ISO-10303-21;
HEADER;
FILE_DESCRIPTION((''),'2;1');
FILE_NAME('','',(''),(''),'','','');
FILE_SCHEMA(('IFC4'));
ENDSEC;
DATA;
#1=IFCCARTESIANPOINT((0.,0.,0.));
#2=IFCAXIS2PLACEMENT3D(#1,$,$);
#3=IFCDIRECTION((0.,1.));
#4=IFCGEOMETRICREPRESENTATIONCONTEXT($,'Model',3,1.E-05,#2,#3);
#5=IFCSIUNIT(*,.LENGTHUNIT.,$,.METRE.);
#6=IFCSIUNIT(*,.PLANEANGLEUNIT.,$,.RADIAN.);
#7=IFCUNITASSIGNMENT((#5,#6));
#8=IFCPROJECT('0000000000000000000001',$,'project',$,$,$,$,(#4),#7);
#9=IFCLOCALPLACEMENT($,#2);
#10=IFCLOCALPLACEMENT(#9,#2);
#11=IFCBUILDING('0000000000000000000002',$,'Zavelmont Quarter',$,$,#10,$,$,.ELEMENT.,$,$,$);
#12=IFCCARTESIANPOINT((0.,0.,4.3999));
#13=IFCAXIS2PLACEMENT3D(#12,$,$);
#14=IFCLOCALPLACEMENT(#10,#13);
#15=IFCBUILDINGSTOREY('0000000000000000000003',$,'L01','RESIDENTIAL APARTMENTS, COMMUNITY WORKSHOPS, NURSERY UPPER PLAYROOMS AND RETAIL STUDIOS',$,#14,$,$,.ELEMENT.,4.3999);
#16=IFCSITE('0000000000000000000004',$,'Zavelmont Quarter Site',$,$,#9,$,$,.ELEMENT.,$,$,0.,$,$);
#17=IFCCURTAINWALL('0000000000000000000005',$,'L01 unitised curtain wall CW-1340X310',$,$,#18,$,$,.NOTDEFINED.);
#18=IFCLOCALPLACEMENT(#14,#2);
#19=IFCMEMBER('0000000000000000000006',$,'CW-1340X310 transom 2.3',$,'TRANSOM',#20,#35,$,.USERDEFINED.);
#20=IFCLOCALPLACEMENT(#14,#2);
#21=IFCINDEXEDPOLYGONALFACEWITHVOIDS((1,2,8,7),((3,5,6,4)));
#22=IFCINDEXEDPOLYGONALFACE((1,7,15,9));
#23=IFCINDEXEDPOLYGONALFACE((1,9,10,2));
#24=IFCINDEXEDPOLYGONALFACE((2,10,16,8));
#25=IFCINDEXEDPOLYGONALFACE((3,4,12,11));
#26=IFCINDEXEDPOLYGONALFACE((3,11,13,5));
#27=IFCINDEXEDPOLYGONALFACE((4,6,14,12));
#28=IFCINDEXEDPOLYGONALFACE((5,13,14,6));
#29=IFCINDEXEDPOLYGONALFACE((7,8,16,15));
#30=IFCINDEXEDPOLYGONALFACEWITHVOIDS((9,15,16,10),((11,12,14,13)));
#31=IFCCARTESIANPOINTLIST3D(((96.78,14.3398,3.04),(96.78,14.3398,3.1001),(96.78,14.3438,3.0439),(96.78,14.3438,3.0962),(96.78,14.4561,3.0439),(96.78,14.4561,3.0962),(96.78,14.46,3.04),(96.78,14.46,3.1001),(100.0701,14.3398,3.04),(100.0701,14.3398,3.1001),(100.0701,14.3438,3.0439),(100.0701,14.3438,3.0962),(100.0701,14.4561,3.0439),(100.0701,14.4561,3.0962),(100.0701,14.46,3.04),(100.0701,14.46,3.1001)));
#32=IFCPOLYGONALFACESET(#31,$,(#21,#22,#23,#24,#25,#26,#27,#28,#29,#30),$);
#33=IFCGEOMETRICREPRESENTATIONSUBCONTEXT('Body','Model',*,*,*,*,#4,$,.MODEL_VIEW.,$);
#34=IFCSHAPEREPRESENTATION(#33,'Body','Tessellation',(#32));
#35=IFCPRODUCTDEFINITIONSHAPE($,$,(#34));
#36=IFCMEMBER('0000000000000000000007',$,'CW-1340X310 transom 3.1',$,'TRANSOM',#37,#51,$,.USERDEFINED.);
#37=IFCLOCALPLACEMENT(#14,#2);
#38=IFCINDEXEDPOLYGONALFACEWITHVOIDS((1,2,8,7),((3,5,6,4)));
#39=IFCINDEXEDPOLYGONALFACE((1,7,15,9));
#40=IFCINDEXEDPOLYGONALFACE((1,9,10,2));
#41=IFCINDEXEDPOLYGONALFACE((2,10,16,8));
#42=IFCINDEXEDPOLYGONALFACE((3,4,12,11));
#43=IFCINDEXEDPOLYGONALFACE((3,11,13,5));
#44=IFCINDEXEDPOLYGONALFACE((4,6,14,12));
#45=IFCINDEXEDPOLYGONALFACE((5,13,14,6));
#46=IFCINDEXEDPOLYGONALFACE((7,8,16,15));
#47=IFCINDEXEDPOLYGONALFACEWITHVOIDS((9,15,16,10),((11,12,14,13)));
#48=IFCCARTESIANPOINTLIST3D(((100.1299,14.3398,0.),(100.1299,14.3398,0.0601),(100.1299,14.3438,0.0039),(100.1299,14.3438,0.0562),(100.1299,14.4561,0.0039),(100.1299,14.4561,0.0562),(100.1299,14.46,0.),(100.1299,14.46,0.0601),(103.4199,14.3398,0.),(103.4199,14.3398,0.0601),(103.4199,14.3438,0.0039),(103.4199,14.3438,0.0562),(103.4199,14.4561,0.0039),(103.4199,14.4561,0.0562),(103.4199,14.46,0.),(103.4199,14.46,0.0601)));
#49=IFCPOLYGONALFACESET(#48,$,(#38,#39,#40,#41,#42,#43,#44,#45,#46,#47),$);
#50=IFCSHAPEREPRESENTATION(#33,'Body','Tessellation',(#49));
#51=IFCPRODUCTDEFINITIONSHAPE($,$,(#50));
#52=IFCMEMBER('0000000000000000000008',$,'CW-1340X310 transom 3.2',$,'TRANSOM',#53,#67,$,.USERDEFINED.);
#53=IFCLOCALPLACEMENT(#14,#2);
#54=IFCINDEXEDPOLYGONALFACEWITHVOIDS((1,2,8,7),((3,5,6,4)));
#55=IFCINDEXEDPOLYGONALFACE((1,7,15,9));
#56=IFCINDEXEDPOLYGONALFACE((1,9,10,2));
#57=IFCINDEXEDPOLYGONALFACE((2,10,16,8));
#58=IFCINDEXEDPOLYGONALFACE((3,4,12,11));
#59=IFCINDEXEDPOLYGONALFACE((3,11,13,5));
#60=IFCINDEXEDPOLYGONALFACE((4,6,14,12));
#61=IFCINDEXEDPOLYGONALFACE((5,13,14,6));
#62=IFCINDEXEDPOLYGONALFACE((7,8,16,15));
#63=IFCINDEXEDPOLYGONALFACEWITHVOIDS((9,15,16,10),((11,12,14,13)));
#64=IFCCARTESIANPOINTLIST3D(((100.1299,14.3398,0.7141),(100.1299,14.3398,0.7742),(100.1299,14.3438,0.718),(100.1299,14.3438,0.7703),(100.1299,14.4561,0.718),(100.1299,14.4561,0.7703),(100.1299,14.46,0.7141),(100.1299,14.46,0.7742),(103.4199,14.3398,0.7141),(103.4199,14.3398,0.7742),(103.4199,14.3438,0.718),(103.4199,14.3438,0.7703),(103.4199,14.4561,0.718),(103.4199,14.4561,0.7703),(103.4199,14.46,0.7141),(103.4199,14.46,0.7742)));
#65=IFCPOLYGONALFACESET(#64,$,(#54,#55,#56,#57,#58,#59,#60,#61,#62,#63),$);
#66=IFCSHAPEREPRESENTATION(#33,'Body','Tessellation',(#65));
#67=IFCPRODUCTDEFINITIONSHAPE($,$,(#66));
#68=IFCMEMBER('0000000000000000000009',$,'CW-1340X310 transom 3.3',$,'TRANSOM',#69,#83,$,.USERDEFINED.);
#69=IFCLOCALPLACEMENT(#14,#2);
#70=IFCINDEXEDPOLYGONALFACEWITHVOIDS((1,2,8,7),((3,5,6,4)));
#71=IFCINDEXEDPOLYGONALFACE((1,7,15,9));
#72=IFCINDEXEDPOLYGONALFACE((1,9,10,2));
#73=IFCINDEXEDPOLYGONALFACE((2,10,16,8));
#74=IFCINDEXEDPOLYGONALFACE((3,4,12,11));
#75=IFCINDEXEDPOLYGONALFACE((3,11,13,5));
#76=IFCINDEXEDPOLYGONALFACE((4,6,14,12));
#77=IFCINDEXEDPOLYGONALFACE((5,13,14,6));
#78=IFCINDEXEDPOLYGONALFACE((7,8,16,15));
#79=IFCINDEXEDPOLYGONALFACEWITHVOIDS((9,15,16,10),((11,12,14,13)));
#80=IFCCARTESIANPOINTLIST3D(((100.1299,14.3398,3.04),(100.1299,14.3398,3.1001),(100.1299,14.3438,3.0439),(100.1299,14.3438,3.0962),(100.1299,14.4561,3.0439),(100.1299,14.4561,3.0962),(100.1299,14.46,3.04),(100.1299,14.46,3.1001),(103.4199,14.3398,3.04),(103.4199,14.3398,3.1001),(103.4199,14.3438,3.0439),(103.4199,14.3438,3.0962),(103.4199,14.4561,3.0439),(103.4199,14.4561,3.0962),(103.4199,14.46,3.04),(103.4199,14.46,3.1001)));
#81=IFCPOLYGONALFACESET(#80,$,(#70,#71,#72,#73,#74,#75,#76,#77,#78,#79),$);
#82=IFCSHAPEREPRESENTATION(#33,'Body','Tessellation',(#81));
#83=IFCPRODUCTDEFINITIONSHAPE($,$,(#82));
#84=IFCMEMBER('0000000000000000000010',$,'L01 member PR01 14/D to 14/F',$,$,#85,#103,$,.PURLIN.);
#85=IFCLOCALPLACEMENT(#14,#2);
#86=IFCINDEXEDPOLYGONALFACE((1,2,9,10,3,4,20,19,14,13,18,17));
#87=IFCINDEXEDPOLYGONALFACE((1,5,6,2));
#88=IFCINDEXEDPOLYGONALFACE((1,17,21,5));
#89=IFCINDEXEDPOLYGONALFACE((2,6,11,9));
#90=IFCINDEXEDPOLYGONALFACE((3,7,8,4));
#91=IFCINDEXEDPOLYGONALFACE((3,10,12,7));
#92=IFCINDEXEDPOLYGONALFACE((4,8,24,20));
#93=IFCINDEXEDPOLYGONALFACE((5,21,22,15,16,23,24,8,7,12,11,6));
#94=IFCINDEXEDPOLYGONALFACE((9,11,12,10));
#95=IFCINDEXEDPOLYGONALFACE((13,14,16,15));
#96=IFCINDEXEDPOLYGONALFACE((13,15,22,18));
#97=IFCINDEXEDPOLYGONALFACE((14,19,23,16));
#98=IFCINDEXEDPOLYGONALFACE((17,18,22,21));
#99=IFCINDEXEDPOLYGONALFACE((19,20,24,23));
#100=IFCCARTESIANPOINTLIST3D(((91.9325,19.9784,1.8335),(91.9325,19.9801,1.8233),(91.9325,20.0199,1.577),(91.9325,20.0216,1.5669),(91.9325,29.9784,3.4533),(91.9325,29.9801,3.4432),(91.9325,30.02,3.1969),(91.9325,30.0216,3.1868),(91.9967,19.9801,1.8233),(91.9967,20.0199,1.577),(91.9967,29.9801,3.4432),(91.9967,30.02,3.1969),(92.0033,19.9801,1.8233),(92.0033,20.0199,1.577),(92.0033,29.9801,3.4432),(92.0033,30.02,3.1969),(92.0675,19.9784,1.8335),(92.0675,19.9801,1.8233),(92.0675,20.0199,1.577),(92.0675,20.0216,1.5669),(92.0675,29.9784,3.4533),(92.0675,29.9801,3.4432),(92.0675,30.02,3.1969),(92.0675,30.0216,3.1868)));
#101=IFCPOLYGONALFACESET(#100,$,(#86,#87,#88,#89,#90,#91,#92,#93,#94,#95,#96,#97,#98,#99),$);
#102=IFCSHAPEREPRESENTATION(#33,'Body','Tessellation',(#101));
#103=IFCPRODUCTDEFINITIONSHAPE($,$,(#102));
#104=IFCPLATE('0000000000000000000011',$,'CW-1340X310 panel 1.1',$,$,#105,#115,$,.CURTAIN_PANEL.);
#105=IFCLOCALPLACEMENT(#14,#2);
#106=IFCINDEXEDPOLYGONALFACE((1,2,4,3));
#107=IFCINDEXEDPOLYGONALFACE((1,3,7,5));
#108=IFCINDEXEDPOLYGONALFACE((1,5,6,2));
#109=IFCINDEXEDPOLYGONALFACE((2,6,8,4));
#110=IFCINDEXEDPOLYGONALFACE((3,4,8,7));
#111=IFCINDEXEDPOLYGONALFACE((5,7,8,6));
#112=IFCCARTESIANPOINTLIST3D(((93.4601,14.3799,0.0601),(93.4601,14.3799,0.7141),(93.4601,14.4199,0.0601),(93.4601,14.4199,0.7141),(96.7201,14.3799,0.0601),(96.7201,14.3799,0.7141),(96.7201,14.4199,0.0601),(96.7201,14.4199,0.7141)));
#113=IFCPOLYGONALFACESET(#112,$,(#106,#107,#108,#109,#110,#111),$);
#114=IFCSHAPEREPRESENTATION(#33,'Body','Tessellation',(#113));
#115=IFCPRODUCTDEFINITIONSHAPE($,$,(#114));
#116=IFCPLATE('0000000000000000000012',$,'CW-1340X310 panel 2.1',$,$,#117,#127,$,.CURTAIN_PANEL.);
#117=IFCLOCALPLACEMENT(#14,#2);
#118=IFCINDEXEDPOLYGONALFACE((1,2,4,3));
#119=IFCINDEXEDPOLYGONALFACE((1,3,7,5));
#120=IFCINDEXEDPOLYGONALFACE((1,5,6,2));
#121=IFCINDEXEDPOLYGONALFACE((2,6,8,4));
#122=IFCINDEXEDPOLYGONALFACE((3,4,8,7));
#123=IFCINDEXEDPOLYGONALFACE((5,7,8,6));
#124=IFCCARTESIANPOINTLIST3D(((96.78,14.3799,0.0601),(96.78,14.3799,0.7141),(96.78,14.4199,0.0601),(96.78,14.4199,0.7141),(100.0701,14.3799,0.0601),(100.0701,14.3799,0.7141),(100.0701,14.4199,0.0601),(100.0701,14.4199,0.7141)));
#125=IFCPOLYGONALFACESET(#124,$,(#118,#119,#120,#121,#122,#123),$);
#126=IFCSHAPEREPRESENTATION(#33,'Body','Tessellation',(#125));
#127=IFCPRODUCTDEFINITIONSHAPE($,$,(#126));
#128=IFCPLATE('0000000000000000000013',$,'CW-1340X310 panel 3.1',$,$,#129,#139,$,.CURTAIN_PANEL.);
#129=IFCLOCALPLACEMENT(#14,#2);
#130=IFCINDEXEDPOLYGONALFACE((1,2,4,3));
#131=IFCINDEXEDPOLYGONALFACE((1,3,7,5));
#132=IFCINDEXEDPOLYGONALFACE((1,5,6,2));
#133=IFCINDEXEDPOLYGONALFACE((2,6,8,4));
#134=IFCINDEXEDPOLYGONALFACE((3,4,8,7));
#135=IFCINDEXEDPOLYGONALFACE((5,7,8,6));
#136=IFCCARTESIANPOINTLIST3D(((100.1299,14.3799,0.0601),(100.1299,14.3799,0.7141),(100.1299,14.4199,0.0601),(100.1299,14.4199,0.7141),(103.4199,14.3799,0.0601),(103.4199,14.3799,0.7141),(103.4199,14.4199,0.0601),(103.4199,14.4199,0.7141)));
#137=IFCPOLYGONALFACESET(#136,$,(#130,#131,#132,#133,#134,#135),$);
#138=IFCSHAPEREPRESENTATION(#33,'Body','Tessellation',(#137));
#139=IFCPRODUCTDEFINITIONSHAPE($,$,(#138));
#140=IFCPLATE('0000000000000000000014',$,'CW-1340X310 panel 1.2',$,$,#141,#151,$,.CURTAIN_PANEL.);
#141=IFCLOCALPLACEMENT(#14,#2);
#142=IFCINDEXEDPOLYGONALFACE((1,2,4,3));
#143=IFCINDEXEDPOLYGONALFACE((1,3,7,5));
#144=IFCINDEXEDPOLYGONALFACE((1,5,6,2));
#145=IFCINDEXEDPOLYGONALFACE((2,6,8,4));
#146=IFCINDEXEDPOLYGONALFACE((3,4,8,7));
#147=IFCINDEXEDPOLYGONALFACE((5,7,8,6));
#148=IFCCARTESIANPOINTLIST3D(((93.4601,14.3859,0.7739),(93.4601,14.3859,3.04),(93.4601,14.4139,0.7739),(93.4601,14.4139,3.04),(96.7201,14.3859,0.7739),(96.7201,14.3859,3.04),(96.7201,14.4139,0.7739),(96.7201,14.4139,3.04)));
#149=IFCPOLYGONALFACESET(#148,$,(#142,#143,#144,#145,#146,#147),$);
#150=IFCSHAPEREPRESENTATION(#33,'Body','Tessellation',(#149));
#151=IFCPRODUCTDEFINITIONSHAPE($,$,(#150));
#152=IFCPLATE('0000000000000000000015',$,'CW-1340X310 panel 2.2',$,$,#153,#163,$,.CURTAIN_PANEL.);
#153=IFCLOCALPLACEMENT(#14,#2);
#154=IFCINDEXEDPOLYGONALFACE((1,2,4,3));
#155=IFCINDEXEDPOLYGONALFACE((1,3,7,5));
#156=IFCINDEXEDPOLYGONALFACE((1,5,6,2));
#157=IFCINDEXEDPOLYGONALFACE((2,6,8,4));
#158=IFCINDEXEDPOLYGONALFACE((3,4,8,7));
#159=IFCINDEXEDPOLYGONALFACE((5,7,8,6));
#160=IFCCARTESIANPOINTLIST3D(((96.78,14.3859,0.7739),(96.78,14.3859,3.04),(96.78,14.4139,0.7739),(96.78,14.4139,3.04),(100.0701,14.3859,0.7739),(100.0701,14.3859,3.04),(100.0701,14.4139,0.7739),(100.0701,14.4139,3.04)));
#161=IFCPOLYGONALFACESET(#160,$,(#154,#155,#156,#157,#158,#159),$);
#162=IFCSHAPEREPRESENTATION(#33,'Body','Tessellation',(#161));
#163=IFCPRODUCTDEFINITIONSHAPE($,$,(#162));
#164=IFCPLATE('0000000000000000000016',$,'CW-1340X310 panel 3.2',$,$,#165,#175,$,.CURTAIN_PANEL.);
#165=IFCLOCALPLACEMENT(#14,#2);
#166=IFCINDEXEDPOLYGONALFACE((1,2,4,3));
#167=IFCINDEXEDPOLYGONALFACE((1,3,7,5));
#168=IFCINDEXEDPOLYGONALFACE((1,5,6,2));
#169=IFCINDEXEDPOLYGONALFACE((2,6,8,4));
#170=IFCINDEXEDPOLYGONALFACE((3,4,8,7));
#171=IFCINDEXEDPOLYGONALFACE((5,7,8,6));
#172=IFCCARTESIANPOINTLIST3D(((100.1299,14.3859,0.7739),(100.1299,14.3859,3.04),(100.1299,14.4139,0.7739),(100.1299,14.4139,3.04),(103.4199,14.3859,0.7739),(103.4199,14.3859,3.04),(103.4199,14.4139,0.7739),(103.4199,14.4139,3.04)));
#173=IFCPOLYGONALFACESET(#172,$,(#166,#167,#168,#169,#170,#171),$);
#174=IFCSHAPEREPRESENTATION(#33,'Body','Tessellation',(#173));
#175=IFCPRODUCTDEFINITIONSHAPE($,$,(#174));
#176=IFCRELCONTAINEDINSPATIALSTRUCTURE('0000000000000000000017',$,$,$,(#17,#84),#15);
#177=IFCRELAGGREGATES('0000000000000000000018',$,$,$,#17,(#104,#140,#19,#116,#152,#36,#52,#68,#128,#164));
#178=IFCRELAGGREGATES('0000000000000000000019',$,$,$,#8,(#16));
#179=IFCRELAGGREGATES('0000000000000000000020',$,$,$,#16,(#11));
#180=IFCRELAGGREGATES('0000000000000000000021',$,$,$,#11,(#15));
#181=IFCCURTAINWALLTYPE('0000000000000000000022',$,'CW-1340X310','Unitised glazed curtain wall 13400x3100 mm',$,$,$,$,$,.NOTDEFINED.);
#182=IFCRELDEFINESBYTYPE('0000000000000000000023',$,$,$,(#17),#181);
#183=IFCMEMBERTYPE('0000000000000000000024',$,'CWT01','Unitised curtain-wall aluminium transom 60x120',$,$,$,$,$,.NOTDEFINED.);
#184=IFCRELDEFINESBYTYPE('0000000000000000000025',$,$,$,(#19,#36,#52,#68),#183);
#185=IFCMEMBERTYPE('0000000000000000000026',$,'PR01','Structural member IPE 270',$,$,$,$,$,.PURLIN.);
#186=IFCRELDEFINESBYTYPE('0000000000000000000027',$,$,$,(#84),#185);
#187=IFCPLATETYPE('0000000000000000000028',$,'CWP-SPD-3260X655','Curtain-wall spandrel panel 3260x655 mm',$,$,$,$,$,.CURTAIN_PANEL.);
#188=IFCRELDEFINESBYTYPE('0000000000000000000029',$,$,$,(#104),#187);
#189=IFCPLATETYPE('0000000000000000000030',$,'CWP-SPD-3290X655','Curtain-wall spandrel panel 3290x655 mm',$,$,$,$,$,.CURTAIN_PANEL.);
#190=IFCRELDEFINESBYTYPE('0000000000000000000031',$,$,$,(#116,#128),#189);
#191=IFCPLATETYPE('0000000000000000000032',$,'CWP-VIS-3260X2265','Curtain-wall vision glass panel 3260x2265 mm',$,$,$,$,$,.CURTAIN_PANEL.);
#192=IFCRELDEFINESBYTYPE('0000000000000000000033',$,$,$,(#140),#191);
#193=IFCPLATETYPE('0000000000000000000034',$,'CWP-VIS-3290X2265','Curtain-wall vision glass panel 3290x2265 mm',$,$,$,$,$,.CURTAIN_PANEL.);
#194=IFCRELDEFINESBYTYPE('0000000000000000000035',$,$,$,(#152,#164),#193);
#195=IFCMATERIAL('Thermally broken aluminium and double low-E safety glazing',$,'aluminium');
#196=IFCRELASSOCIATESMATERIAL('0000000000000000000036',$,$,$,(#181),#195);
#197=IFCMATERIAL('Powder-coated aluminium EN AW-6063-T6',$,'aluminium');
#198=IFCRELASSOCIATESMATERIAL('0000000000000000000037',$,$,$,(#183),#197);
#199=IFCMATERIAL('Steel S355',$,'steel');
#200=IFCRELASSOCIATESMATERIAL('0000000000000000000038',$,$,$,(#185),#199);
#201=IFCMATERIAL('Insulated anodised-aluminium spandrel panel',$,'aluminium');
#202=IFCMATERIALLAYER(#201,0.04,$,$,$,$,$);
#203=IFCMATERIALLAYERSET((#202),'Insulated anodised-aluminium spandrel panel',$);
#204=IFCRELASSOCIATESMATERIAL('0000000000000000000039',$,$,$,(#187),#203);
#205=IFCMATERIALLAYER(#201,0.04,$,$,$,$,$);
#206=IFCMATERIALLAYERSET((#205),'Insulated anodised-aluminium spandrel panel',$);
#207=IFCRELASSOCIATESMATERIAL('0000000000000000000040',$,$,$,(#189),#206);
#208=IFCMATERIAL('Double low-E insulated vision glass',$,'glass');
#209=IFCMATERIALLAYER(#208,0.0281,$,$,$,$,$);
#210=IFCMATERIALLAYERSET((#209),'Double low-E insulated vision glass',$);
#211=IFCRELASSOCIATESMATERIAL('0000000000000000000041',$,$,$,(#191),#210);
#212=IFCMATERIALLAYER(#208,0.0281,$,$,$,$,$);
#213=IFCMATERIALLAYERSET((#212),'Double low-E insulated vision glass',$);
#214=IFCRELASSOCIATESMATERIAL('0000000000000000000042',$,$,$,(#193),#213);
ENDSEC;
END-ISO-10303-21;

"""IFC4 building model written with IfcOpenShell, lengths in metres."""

from ifc_helpers import new_model, si_unit, direction, frame, origin, origin_2d, place, context, subcontext, project, spatial, rectangle, hollow_rectangle, i_section, extrude, material, layer, layer_set, material_profile, profile_set, type_object, element, aggregate, save


model = new_model("IFC4")

# Units and contexts
model_context = context("Model", 3, precision=1e-05, world=origin(), true_north=direction((0.0, 1.0)))
body_context = subcontext(model_context, "Body", "Model", "MODEL_VIEW")
ifc_project = project(units=[si_unit("LENGTHUNIT", "METRE"), si_unit("PLANEANGLEUNIT", "RADIAN")], contexts=[model_context])

# Site, building, storey
site_placement = place(None, origin())
site = spatial("IfcSite", under=ifc_project, at=site_placement, Name="Zavelmont Quarter Site", CompositionType="ELEMENT", RefElevation=0.0)
building_placement = place(site_placement, origin())
building = spatial("IfcBuilding", under=site, at=building_placement, Name="Zavelmont Quarter", CompositionType="ELEMENT")
storey_placement = place(building_placement, frame((0.0, 0.0, 4.3999)))
storey = spatial("IfcBuildingStorey", under=building, at=storey_placement, Name="L01", Description="RESIDENTIAL APARTMENTS, COMMUNITY WORKSHOPS, NURSERY UPPER PLAYROOMS AND RETAIL STUDIOS", CompositionType="ELEMENT", Elevation=4.3999)

# Shared definitions
ifc_material_1 = material(Name="Steel S355", Category="steel")

# Curtain wall, members
ifc_material_2 = material(Name="Thermally broken aluminium and double low-E safety glazing", Category="aluminium")
curtain_wall_type = type_object("IfcCurtainWallType", Name="CW-1340X310", Description="Unitised glazed curtain wall 13400x3100 mm", PredefinedType="NOTDEFINED", material=ifc_material_2)
curtain_wall_placement = place(storey_placement, origin())
curtain_wall = element("IfcCurtainWall", 1, at=curtain_wall_placement, inside=storey, type_object=curtain_wall_type, Name="L01 unitised curtain wall CW-1340X310", PredefinedType="NOTDEFINED")
ifc_material_3 = material(Name="Powder-coated aluminium EN AW-6063-T6", Category="aluminium")
ifc_material_profile_1 = material_profile(ifc_material_3, hollow_rectangle(XDim=0.1201, YDim=0.0601, WallThickness=0.0039, at=origin_2d()), Name="CWT60X120")
ifc_profile_set_1 = profile_set([ifc_material_profile_1], Name="Powder-coated aluminium EN AW-6063-T6")
member_type_1 = type_object("IfcMemberType", Name="CWT01", Description="Unitised curtain-wall aluminium transom 60x120", PredefinedType="NOTDEFINED", material=ifc_profile_set_1)
member_1_placement = place(storey_placement, frame((96.78, 14.3999, 3.0701), z_axis=(1.0, 0.0, 0.0), x_axis=(0.0, 1.0, 0.0)))
member_1 = element("IfcMember", 2, at=member_1_placement, type_object=member_type_1, Name="CW-1340X310 transom 2.3", ObjectType="TRANSOM", PredefinedType="USERDEFINED", context=body_context, shape_type="SweptSolid", body=[
    extrude(hollow_rectangle(XDim=0.1201, YDim=0.0601, WallThickness=0.0039, at=origin_2d()), origin(), (0.0, 0.0, 1.0), 3.29),
])
member_2_placement = place(storey_placement, frame((100.1299, 14.3999, 0.03), z_axis=(1.0, 0.0, 0.0), x_axis=(0.0, 1.0, 0.0)))
member_2 = element("IfcMember", 3, at=member_2_placement, type_object=member_type_1, Name="CW-1340X310 transom 3.1", ObjectType="TRANSOM", PredefinedType="USERDEFINED", context=body_context, shape_type="SweptSolid", body=[
    extrude(hollow_rectangle(XDim=0.1201, YDim=0.0601, WallThickness=0.0039, at=origin_2d()), origin(), (0.0, 0.0, 1.0), 3.29),
])
member_3_placement = place(storey_placement, frame((100.1299, 14.3999, 0.7441), z_axis=(1.0, 0.0, 0.0), x_axis=(0.0, 1.0, 0.0)))
member_3 = element("IfcMember", 4, at=member_3_placement, type_object=member_type_1, Name="CW-1340X310 transom 3.2", ObjectType="TRANSOM", PredefinedType="USERDEFINED", context=body_context, shape_type="SweptSolid", body=[
    extrude(hollow_rectangle(XDim=0.1201, YDim=0.0601, WallThickness=0.0039, at=origin_2d()), origin(), (0.0, 0.0, 1.0), 3.29),
])
member_4_placement = place(storey_placement, frame((100.1299, 14.3999, 3.0701), z_axis=(1.0, 0.0, 0.0), x_axis=(0.0, 1.0, 0.0)))
member_4 = element("IfcMember", 5, at=member_4_placement, type_object=member_type_1, Name="CW-1340X310 transom 3.3", ObjectType="TRANSOM", PredefinedType="USERDEFINED", context=body_context, shape_type="SweptSolid", body=[
    extrude(hollow_rectangle(XDim=0.1201, YDim=0.0601, WallThickness=0.0039, at=origin_2d()), origin(), (0.0, 0.0, 1.0), 3.29),
])

# Member
ifc_material_profile_2 = material_profile(ifc_material_1, i_section(OverallWidth=0.135, OverallDepth=0.27, WebThickness=0.0066, FlangeThickness=0.0103, at=origin_2d()), Name="IPE 270")
ifc_profile_set_2 = profile_set([ifc_material_profile_2], Name="Steel S355")
member_type_2 = type_object("IfcMemberType", Name="PR01", Description="Structural member IPE 270", PredefinedType="PURLIN", material=ifc_profile_set_2)
member_5_placement = place(storey_placement, frame((92.0, 20.0, 1.7002), z_axis=(0.0, 0.987133, 0.159903), x_axis=(-1.0, 0.0, 0.0)))
element("IfcMember", 6, at=member_5_placement, inside=storey, type_object=member_type_2, Name="L01 member PR01 14/D to 14/F", PredefinedType="PURLIN", context=body_context, shape_type="SweptSolid", body=[
    extrude(i_section(OverallWidth=0.135, OverallDepth=0.27, WebThickness=0.0066, FlangeThickness=0.0103, at=origin_2d()), origin(), (0.0, 0.0, 1.0), 10.1304),
])

# Plates
ifc_material_4 = material(Name="Insulated anodised-aluminium spandrel panel", Category="aluminium")
ifc_layer_1 = layer(ifc_material_4, 0.04)
ifc_layer_set_1 = layer_set([ifc_layer_1], Name="Insulated anodised-aluminium spandrel panel")
plate_type_1 = type_object("IfcPlateType", Name="CWP-SPD-3260X655", Description="Curtain-wall spandrel panel 3260x655 mm", PredefinedType="CURTAIN_PANEL", material=ifc_layer_set_1)
plate_1_placement = place(storey_placement, frame((95.0901, 14.3999, 0.0601), z_axis=(0.0, 0.0, 1.0), x_axis=(1.0, 0.0, 0.0)))
plate_1 = element("IfcPlate", 7, at=plate_1_placement, type_object=plate_type_1, Name="CW-1340X310 panel 1.1", PredefinedType="CURTAIN_PANEL", context=body_context, shape_type="SweptSolid", body=[
    extrude(rectangle(XDim=3.26, YDim=0.04, at=origin_2d()), origin(), (0.0, 0.0, 1.0), 0.6541),
])
ifc_layer_2 = layer(ifc_material_4, 0.04)
ifc_layer_set_2 = layer_set([ifc_layer_2], Name="Insulated anodised-aluminium spandrel panel")
plate_type_2 = type_object("IfcPlateType", Name="CWP-SPD-3290X655", Description="Curtain-wall spandrel panel 3290x655 mm", PredefinedType="CURTAIN_PANEL", material=ifc_layer_set_2)
plate_2_placement = place(storey_placement, frame((98.425, 14.3999, 0.0601), z_axis=(0.0, 0.0, 1.0), x_axis=(1.0, 0.0, 0.0)))
plate_2 = element("IfcPlate", 8, at=plate_2_placement, type_object=plate_type_2, Name="CW-1340X310 panel 2.1", PredefinedType="CURTAIN_PANEL", context=body_context, shape_type="SweptSolid", body=[
    extrude(rectangle(XDim=3.29, YDim=0.04, at=origin_2d()), origin(), (0.0, 0.0, 1.0), 0.6541),
])
plate_3_placement = place(storey_placement, frame((101.7749, 14.3999, 0.0601), z_axis=(0.0, 0.0, 1.0), x_axis=(1.0, 0.0, 0.0)))
plate_3 = element("IfcPlate", 9, at=plate_3_placement, type_object=plate_type_2, Name="CW-1340X310 panel 3.1", PredefinedType="CURTAIN_PANEL", context=body_context, shape_type="SweptSolid", body=[
    extrude(rectangle(XDim=3.29, YDim=0.04, at=origin_2d()), origin(), (0.0, 0.0, 1.0), 0.6541),
])
ifc_material_5 = material(Name="Double low-E insulated vision glass", Category="glass")
ifc_layer_3 = layer(ifc_material_5, 0.0281)
ifc_layer_set_3 = layer_set([ifc_layer_3], Name="Double low-E insulated vision glass")
plate_type_3 = type_object("IfcPlateType", Name="CWP-VIS-3260X2265", Description="Curtain-wall vision glass panel 3260x2265 mm", PredefinedType="CURTAIN_PANEL", material=ifc_layer_set_3)
plate_4_placement = place(storey_placement, frame((95.0901, 14.3999, 0.7739), z_axis=(0.0, 0.0, 1.0), x_axis=(1.0, 0.0, 0.0)))
plate_4 = element("IfcPlate", 10, at=plate_4_placement, type_object=plate_type_3, Name="CW-1340X310 panel 1.2", PredefinedType="CURTAIN_PANEL", context=body_context, shape_type="SweptSolid", body=[
    extrude(rectangle(XDim=3.26, YDim=0.0281, at=origin_2d()), origin(), (0.0, 0.0, 1.0), 2.2661),
])
ifc_layer_4 = layer(ifc_material_5, 0.0281)
ifc_layer_set_4 = layer_set([ifc_layer_4], Name="Double low-E insulated vision glass")
plate_type_4 = type_object("IfcPlateType", Name="CWP-VIS-3290X2265", Description="Curtain-wall vision glass panel 3290x2265 mm", PredefinedType="CURTAIN_PANEL", material=ifc_layer_set_4)
plate_5_placement = place(storey_placement, frame((98.425, 14.3999, 0.7739), z_axis=(0.0, 0.0, 1.0), x_axis=(1.0, 0.0, 0.0)))
plate_5 = element("IfcPlate", 11, at=plate_5_placement, type_object=plate_type_4, Name="CW-1340X310 panel 2.2", PredefinedType="CURTAIN_PANEL", context=body_context, shape_type="SweptSolid", body=[
    extrude(rectangle(XDim=3.29, YDim=0.0281, at=origin_2d()), origin(), (0.0, 0.0, 1.0), 2.2661),
])
plate_6_placement = place(storey_placement, frame((101.7749, 14.3999, 0.7739), z_axis=(0.0, 0.0, 1.0), x_axis=(1.0, 0.0, 0.0)))
plate_6 = element("IfcPlate", 12, at=plate_6_placement, type_object=plate_type_4, Name="CW-1340X310 panel 3.2", PredefinedType="CURTAIN_PANEL", context=body_context, shape_type="SweptSolid", body=[
    extrude(rectangle(XDim=3.29, YDim=0.0281, at=origin_2d()), origin(), (0.0, 0.0, 1.0), 2.2661),
])
aggregate(curtain_wall, [plate_1, plate_4, member_1, plate_2, plate_5, member_2, member_3, member_4, plate_3, plate_6])

save(model, "model.ifc")
